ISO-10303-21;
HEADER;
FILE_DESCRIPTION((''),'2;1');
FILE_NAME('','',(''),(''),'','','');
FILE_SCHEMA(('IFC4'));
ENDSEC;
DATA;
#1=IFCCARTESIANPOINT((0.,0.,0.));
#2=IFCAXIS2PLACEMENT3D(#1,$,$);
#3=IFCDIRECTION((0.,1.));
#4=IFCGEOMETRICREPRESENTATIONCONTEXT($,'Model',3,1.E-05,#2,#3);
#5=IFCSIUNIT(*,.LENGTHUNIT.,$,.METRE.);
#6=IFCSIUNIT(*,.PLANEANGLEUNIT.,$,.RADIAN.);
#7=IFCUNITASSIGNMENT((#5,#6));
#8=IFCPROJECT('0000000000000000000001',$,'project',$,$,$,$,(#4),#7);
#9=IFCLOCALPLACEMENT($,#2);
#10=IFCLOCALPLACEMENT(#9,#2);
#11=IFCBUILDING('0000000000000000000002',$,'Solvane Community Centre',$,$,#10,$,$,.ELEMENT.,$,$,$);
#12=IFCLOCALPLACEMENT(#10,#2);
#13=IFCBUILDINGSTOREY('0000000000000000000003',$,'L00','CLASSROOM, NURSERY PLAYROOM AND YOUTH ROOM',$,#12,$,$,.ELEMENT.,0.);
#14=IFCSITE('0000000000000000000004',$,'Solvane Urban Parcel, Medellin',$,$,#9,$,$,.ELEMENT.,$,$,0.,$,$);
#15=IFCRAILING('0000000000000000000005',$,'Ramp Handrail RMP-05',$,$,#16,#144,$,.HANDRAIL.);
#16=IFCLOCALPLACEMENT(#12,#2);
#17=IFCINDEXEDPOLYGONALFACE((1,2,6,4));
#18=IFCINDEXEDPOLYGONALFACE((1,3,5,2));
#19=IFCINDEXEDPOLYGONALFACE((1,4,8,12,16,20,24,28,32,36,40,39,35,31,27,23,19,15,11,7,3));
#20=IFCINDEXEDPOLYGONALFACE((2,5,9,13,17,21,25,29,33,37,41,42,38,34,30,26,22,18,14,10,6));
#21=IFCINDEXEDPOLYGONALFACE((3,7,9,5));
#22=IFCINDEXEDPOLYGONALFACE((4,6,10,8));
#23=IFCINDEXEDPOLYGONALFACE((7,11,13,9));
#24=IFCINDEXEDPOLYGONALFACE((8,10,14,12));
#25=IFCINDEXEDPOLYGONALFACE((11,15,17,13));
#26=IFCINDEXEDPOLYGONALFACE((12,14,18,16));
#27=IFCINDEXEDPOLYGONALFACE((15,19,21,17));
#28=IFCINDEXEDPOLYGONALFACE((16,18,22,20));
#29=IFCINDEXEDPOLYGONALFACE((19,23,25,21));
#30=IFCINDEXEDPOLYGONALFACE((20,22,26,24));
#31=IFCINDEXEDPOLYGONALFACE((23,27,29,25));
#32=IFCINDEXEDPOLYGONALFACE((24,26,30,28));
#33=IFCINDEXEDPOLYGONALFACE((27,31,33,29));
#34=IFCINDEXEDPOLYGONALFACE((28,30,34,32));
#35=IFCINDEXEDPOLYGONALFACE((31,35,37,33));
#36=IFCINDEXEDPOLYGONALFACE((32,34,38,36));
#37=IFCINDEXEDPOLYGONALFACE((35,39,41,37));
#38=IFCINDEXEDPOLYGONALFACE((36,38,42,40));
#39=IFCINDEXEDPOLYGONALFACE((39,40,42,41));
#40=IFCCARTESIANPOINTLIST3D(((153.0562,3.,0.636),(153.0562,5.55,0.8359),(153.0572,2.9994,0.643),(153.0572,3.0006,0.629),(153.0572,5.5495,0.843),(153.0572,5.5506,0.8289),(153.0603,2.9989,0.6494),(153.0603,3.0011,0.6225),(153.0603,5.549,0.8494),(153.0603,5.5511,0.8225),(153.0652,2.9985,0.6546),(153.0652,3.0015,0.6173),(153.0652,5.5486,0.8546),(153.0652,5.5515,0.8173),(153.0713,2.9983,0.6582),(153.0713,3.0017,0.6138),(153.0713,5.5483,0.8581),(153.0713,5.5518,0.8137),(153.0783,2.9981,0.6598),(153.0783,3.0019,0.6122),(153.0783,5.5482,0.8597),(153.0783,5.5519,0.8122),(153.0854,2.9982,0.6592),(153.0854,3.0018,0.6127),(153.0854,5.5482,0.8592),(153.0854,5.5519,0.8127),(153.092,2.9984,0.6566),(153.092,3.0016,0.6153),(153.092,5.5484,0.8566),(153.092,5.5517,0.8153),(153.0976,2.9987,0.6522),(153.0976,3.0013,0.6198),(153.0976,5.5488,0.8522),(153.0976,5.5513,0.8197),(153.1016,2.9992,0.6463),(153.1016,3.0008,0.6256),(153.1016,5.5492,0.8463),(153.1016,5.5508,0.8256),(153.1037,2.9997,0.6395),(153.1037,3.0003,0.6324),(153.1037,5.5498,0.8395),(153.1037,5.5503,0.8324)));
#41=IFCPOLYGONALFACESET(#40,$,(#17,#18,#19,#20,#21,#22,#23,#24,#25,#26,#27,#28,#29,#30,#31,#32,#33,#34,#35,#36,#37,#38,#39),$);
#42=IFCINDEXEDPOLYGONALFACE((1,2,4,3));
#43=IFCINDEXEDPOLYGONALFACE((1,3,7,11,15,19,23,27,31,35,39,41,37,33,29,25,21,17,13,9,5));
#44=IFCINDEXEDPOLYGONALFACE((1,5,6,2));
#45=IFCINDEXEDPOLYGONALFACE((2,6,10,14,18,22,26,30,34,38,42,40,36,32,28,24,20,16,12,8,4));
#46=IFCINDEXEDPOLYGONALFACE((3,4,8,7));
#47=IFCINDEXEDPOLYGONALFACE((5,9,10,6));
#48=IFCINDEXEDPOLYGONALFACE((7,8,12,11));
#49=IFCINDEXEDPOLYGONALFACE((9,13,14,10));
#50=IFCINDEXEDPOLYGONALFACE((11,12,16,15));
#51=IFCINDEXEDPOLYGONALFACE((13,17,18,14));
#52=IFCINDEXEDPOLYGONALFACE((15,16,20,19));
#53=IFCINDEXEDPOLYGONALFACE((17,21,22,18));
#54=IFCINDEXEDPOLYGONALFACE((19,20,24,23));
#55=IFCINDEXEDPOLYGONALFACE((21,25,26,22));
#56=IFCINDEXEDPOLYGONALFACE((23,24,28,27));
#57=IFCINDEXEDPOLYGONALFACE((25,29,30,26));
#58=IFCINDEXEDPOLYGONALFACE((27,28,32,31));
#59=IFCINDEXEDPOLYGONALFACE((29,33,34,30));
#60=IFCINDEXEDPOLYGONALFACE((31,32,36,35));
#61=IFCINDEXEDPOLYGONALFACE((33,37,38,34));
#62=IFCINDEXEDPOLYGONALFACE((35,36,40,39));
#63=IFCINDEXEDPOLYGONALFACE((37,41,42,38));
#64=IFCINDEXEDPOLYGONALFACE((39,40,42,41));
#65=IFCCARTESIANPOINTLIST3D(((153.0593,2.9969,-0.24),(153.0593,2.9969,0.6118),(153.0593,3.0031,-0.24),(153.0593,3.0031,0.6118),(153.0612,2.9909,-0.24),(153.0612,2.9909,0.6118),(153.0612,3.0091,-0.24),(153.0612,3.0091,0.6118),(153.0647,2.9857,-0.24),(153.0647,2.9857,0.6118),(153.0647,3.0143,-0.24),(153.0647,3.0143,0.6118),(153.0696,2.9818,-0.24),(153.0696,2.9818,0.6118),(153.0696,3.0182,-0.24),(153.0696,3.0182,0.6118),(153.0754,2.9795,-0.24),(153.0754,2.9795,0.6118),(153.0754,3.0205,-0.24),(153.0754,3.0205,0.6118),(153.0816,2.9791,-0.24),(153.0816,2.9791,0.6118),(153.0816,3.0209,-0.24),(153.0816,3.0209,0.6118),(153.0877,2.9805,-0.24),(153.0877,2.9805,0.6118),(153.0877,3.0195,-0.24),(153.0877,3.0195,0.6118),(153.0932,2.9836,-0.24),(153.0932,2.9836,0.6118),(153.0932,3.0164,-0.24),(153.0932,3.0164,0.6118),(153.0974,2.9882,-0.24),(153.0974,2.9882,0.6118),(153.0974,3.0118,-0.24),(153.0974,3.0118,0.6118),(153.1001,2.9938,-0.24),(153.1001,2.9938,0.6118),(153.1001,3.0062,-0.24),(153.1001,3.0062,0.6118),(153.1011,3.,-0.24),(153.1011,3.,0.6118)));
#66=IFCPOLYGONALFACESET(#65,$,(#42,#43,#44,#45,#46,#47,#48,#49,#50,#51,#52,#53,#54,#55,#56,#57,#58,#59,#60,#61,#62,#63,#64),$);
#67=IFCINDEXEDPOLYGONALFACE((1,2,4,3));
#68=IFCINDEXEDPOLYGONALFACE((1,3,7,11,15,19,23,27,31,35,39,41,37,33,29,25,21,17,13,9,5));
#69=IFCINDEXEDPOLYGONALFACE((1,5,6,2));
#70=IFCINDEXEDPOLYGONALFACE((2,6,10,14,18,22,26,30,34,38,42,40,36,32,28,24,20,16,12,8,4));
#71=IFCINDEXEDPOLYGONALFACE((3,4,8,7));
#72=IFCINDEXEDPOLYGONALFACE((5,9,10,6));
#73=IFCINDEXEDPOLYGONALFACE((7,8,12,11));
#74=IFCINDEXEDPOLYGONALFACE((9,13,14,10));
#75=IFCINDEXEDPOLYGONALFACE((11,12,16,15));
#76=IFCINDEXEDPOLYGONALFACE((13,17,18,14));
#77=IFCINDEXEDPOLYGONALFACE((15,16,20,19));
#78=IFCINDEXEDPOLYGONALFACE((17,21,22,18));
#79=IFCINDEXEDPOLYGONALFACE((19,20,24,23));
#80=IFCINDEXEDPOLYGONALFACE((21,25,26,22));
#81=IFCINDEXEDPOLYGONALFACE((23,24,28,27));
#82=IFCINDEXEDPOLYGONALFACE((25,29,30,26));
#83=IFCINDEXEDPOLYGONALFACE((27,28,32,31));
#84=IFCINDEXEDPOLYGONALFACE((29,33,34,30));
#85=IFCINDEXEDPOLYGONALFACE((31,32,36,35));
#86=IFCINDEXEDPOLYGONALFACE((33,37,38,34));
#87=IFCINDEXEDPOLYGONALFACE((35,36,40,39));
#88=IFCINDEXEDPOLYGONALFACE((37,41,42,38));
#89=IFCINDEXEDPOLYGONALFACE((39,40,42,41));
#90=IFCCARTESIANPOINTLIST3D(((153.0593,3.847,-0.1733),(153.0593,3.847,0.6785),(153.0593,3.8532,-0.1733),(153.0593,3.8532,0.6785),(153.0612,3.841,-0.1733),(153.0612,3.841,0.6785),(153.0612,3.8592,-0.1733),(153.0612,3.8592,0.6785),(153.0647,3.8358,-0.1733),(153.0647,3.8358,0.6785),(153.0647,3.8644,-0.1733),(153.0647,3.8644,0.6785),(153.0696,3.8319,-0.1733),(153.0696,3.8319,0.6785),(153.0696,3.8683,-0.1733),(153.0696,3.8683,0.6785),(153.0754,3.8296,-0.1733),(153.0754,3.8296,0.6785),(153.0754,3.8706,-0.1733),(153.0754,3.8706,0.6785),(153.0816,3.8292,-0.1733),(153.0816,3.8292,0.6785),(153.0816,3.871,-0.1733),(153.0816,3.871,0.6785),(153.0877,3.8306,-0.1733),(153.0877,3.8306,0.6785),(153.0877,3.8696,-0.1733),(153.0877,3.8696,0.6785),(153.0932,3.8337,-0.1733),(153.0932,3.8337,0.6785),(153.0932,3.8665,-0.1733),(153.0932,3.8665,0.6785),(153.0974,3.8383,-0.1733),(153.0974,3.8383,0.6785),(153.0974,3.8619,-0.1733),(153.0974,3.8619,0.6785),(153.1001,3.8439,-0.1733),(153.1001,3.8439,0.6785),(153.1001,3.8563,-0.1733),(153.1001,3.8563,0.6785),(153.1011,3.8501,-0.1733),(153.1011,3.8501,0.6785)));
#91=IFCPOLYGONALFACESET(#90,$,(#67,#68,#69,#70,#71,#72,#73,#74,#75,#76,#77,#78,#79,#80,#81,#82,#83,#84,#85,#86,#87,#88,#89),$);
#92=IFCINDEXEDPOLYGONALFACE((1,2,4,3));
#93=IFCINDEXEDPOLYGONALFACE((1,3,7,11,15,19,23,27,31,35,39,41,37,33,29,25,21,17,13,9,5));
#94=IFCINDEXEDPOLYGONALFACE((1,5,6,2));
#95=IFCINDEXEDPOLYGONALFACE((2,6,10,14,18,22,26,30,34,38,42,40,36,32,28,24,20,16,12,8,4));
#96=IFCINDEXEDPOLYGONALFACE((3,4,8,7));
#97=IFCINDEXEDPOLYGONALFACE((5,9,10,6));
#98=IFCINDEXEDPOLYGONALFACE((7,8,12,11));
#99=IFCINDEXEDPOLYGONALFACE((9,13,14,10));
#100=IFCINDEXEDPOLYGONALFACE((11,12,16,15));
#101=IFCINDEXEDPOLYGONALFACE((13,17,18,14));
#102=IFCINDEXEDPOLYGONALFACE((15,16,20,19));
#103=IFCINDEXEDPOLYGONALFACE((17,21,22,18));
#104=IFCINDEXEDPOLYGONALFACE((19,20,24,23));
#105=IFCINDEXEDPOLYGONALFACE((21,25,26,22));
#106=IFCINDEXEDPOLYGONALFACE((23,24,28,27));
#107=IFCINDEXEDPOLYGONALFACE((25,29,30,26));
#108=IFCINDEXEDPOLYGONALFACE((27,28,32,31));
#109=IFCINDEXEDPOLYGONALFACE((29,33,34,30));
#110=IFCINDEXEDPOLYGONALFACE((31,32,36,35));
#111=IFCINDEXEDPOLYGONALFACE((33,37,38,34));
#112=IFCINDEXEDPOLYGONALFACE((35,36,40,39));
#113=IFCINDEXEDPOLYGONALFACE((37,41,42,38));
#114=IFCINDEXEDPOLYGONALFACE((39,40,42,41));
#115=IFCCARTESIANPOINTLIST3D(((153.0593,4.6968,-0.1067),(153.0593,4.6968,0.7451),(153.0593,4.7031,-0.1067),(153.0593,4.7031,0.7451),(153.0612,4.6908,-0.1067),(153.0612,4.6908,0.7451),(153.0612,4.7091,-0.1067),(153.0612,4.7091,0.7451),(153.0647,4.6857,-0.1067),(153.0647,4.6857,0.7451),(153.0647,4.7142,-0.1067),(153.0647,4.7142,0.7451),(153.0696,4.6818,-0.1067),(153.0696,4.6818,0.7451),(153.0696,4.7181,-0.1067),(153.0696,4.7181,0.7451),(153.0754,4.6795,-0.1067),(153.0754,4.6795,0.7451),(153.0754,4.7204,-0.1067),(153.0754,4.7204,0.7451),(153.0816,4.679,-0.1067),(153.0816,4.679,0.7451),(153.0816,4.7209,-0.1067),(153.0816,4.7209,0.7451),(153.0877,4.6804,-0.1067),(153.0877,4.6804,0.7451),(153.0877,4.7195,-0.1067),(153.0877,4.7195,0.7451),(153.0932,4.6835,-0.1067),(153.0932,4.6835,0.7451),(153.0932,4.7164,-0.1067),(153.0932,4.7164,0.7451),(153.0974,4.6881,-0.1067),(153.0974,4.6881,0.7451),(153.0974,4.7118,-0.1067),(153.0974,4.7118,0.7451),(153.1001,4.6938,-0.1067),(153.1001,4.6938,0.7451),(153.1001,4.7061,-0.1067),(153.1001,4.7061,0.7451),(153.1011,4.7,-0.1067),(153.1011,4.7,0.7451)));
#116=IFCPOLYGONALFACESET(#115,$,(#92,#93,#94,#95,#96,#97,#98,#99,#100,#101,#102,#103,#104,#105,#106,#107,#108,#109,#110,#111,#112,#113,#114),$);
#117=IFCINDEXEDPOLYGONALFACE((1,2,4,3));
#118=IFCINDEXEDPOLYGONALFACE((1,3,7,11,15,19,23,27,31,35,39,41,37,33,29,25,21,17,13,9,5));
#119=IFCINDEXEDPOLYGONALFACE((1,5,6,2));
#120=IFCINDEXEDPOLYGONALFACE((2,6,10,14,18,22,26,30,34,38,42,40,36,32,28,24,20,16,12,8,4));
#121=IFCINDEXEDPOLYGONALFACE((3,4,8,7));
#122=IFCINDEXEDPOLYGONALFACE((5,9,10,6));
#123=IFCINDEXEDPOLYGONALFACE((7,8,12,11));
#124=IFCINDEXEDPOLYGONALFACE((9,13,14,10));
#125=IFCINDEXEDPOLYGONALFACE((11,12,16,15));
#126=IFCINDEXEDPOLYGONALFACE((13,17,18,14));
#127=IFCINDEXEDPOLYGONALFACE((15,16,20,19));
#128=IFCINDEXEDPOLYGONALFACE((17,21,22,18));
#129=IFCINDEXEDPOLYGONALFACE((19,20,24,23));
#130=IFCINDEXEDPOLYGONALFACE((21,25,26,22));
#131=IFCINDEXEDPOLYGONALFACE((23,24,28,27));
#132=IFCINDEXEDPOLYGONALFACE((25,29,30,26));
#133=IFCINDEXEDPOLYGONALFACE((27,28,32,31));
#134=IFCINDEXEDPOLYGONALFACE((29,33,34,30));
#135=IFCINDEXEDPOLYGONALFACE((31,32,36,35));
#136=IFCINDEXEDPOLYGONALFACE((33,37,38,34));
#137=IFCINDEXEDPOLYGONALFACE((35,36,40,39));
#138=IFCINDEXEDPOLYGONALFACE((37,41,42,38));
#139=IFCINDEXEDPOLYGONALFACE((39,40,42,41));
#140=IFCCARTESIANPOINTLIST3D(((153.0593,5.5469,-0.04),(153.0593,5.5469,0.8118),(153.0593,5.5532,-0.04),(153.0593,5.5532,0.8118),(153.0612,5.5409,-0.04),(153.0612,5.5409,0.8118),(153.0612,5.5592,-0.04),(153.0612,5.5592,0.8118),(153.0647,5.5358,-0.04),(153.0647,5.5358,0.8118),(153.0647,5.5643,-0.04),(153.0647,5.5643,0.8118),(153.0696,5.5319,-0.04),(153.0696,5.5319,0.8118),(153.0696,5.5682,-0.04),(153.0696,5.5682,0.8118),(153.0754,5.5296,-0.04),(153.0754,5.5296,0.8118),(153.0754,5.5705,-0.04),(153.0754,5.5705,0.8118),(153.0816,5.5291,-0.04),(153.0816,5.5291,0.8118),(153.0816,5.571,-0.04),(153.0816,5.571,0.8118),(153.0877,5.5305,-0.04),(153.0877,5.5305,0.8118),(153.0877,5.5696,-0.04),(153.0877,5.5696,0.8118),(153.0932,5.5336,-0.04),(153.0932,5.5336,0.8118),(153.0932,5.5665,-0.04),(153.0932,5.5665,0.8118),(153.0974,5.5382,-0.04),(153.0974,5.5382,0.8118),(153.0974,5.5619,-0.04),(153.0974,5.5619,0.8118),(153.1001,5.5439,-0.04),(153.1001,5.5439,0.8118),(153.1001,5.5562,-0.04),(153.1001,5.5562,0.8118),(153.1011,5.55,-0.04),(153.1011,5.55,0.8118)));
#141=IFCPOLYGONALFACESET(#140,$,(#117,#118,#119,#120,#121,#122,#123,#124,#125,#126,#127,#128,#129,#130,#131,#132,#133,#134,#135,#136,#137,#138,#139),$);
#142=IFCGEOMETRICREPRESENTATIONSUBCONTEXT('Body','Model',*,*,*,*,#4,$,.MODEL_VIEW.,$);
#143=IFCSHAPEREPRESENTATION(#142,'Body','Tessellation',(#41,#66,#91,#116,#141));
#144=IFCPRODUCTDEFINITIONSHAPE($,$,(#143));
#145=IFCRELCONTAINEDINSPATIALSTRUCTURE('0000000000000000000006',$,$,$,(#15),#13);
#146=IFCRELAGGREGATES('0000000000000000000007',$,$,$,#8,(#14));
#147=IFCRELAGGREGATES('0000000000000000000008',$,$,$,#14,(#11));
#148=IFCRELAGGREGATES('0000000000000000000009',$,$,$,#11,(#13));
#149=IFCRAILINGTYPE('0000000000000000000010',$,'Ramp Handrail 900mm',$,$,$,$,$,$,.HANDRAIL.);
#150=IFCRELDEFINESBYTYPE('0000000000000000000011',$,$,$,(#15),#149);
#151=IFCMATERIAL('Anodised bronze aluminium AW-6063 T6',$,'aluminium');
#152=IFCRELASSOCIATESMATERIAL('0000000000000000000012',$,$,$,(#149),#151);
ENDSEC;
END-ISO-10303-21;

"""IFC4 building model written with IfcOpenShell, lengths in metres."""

from ifc_helpers import new_model, si_unit, direction, frame, origin, origin_2d, place, context, subcontext, project, spatial, circle, extrude, material, type_object, element, save


model = new_model("IFC4")

# Units and contexts
model_context = context("Model", 3, precision=1e-05, world=origin(), true_north=direction((0.0, 1.0)))
body_context = subcontext(model_context, "Body", "Model", "MODEL_VIEW")
ifc_project = project(units=[si_unit("LENGTHUNIT", "METRE"), si_unit("PLANEANGLEUNIT", "RADIAN")], contexts=[model_context])

# Site, building, storey
site_placement = place(None, origin())
site = spatial("IfcSite", under=ifc_project, at=site_placement, Name="Solvane Urban Parcel, Medellin", CompositionType="ELEMENT", RefElevation=0.0)
building_placement = place(site_placement, origin())
building = spatial("IfcBuilding", under=site, at=building_placement, Name="Solvane Community Centre", CompositionType="ELEMENT")
storey_placement = place(building_placement, origin())
storey = spatial("IfcBuildingStorey", under=building, at=storey_placement, Name="L00", Description="CLASSROOM, NURSERY PLAYROOM AND YOUTH ROOM", CompositionType="ELEMENT", Elevation=0.0)

# Shared definitions
ifc_material_1 = material(Name="Anodised bronze aluminium AW-6063 T6", Category="aluminium")

# Railing
railing_type = type_object("IfcRailingType", Name="Ramp Handrail 900mm", PredefinedType="HANDRAIL", material=ifc_material_1)
for number, where, name in (
    (1, (153.0801, 3.0, -0.24), "Ramp Handrail RMP-05"),
):
    element("IfcRailing", number, at=place(storey_placement, frame(where)), inside=storey, type_object=railing_type, Name=name, PredefinedType="HANDRAIL", context=body_context, shape_type="SweptSolid", body=[
        extrude(circle(Radius=0.0239, at=origin_2d()), frame((0.0, 0.0, 0.876), z_axis=(0.0, 0.99694, 0.078171), x_axis=(-1.0, 0.0, 0.0)), (0.0, 0.0, 1.0), 2.5579),
        extrude(circle(Radius=0.021, at=origin_2d()), origin(), (0.0, 0.0, 1.0), 0.8518),
        extrude(circle(Radius=0.021, at=origin_2d()), frame((0.0, 0.8501, 0.0667)), (0.0, 0.0, 1.0), 0.8518),
        extrude(circle(Radius=0.021, at=origin_2d()), frame((0.0, 1.7, 0.1333)), (0.0, 0.0, 1.0), 0.8518),
        extrude(circle(Radius=0.021, at=origin_2d()), frame((0.0, 2.55, 0.2)), (0.0, 0.0, 1.0), 0.8518),
    ])

save(model, "model.ifc")
